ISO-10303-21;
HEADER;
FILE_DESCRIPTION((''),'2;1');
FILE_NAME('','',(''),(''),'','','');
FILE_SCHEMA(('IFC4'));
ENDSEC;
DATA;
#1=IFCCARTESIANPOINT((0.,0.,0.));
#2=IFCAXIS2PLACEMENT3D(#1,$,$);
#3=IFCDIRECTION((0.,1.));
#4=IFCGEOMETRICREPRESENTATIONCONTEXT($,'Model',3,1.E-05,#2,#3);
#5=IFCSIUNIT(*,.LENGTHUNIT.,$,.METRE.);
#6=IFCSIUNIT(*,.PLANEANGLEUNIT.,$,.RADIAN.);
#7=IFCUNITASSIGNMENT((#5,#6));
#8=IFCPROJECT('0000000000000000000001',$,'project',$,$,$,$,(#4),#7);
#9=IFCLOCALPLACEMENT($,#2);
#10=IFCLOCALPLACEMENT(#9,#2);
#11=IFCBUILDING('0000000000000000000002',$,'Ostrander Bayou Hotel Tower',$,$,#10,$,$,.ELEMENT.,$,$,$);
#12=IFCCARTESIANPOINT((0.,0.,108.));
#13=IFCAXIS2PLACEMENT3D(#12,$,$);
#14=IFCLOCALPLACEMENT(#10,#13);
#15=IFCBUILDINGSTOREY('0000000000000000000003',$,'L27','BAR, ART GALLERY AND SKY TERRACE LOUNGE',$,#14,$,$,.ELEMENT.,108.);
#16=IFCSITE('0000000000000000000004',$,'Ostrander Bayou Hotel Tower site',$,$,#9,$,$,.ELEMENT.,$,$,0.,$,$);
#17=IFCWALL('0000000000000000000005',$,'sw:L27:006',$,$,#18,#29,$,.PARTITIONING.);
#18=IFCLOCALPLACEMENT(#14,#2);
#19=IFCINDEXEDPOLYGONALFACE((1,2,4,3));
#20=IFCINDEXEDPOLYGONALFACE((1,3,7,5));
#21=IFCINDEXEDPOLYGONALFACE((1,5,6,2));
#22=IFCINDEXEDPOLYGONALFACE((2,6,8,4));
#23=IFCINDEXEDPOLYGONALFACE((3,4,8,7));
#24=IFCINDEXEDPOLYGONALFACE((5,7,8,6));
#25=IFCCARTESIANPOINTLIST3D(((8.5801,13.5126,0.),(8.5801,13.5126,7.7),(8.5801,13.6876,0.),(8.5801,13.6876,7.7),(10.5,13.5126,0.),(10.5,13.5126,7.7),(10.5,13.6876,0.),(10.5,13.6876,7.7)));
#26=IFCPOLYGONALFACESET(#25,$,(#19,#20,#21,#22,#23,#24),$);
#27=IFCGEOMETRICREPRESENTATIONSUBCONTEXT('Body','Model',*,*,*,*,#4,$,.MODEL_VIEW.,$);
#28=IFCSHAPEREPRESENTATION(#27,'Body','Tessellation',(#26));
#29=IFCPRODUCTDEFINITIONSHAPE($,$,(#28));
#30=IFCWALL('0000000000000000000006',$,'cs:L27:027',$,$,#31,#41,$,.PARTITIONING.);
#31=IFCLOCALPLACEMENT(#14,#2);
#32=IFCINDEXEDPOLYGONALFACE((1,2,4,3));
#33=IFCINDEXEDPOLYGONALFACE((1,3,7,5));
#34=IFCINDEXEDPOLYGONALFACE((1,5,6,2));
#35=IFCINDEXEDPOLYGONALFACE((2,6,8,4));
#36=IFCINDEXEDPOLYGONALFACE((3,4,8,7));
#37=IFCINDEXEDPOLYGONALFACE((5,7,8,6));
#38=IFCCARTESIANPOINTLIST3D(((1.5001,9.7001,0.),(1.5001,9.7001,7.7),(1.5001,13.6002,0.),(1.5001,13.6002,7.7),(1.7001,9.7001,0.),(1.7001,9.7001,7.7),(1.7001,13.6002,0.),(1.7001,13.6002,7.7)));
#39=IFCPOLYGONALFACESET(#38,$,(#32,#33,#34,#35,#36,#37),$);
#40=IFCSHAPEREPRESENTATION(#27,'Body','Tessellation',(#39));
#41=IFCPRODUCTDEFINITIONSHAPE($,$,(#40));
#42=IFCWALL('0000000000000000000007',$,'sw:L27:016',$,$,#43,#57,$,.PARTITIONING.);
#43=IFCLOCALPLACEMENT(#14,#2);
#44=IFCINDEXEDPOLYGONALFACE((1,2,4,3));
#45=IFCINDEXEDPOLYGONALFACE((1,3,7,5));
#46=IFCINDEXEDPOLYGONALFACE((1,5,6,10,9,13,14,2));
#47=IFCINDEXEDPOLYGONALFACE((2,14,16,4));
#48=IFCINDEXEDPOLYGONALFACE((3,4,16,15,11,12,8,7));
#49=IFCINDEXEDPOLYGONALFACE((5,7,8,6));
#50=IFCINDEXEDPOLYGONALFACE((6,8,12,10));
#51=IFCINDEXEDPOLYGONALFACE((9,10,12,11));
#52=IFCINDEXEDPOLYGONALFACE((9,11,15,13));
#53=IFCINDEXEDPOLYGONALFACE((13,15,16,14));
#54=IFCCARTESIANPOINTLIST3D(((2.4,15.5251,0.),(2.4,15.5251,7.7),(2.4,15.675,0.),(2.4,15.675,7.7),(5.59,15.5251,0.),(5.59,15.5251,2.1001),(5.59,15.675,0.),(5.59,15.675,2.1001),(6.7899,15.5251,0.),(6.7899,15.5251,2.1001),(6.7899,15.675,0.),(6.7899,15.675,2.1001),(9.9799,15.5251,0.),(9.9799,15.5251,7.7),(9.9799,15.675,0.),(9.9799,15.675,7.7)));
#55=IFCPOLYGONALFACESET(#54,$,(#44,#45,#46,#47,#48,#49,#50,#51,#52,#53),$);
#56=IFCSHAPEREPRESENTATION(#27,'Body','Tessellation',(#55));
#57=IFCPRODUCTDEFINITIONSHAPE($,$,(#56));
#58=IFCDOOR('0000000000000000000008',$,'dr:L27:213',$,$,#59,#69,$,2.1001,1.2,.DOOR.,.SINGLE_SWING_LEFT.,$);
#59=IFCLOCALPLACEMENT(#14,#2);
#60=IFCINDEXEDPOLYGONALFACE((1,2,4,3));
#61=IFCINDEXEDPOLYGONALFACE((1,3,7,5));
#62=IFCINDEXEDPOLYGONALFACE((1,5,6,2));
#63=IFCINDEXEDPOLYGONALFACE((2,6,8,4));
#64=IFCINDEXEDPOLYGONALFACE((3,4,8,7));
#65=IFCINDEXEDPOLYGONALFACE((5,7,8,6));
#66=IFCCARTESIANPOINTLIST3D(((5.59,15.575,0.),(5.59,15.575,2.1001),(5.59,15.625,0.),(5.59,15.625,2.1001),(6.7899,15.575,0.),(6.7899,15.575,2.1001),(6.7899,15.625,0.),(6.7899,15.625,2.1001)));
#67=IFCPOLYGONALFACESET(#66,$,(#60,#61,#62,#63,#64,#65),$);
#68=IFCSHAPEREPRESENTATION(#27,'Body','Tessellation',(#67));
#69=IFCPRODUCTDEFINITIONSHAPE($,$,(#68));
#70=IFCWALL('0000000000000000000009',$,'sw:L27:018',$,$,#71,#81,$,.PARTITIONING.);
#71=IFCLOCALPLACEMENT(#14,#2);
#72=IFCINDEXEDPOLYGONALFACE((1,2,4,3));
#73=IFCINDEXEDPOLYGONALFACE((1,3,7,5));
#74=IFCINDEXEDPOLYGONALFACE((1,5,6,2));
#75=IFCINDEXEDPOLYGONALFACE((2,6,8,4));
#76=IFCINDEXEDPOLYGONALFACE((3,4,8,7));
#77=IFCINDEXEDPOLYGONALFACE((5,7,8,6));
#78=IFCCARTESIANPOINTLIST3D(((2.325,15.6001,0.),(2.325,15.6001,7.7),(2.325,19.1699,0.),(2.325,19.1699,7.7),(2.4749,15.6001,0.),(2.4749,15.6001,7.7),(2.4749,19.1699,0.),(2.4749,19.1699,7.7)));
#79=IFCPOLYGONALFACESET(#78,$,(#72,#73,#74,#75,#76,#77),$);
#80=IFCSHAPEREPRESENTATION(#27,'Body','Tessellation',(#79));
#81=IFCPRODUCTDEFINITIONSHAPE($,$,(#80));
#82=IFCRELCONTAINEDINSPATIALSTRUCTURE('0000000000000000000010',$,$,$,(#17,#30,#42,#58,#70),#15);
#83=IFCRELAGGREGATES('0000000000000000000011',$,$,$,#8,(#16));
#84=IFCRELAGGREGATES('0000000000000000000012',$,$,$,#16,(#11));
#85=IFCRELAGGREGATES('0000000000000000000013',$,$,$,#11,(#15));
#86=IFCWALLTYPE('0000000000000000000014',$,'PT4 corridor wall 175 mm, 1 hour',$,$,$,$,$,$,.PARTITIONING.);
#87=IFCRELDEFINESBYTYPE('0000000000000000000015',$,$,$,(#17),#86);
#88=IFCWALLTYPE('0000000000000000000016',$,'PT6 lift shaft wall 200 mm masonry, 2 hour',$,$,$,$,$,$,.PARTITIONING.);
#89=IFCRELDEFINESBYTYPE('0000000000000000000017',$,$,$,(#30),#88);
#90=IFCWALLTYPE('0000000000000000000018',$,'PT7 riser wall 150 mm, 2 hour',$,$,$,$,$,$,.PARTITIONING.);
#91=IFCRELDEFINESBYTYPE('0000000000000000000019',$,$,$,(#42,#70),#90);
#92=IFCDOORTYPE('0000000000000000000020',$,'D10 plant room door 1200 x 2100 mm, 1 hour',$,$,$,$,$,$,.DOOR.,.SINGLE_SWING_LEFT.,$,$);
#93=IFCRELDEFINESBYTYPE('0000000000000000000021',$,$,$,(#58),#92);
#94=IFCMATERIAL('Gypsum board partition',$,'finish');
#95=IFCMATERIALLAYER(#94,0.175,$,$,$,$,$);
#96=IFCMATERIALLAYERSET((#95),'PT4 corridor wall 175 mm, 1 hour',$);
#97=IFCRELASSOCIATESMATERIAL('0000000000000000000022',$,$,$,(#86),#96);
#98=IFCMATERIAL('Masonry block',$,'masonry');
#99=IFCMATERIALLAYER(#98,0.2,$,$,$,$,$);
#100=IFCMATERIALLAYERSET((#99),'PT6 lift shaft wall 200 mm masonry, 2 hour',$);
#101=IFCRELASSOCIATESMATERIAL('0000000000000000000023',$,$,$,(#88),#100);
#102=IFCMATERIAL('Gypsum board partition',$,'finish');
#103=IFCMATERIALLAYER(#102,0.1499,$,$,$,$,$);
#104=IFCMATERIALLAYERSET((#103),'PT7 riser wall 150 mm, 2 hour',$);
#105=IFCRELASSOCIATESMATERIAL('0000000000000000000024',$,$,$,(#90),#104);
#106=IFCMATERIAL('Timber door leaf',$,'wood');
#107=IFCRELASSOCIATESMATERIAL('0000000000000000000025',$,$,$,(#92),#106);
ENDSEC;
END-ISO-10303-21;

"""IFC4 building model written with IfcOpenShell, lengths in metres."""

from ifc_helpers import new_model, si_unit, direction, frame, frame_2d, origin, place, context, subcontext, project, spatial, rectangle, extrude, material, layer, layer_set, type_object, element, fill, save


model = new_model("IFC4")

# Units and contexts
model_context = context("Model", 3, precision=1e-05, world=origin(), true_north=direction((0.0, 1.0)))
body_context = subcontext(model_context, "Body", "Model", "MODEL_VIEW")
ifc_project = project(units=[si_unit("LENGTHUNIT", "METRE"), si_unit("PLANEANGLEUNIT", "RADIAN")], contexts=[model_context])

# Site, building, storey
site_placement = place(None, origin())
site = spatial("IfcSite", under=ifc_project, at=site_placement, Name="Ostrander Bayou Hotel Tower site", CompositionType="ELEMENT", RefElevation=0.0)
building_placement = place(site_placement, origin())
building = spatial("IfcBuilding", under=site, at=building_placement, Name="Ostrander Bayou Hotel Tower", CompositionType="ELEMENT")
storey_placement = place(building_placement, frame((0.0, 0.0, 108.0)))
storey = spatial("IfcBuildingStorey", under=building, at=storey_placement, Name="L27", Description="BAR, ART GALLERY AND SKY TERRACE LOUNGE", CompositionType="ELEMENT", Elevation=108.0)

# Wall
ifc_material_1 = material(Name="Gypsum board partition", Category="finish")
ifc_layer_1 = layer(ifc_material_1, 0.175)
ifc_layer_set_1 = layer_set([ifc_layer_1], Name="PT4 corridor wall 175 mm, 1 hour")
wall_type_1 = type_object("IfcWallType", Name="PT4 corridor wall 175 mm, 1 hour", PredefinedType="PARTITIONING", material=ifc_layer_set_1)
wall_1_placement = place(storey_placement, frame((8.5801, 13.6001, 0.0), z_axis=(0.0, 0.0, 1.0), x_axis=(1.0, 0.0, 0.0)))
element("IfcWall", 1, at=wall_1_placement, inside=storey, type_object=wall_type_1, Name="sw:L27:006", PredefinedType="PARTITIONING", context=body_context, shape_type="SweptSolid", body=[
    extrude(rectangle(XDim=1.9199, YDim=0.175, at=frame_2d((0.96, 0.0))), origin(), (0.0, 0.0, 1.0), 7.7),
])

# Wall
ifc_material_2 = material(Name="Masonry block", Category="masonry")
ifc_layer_2 = layer(ifc_material_2, 0.2)
ifc_layer_set_2 = layer_set([ifc_layer_2], Name="PT6 lift shaft wall 200 mm masonry, 2 hour")
wall_type_2 = type_object("IfcWallType", Name="PT6 lift shaft wall 200 mm masonry, 2 hour", PredefinedType="PARTITIONING", material=ifc_layer_set_2)
wall_2_placement = place(storey_placement, frame((1.6001, 9.7, 0.0), z_axis=(0.0, 0.0, 1.0), x_axis=(0.0, 1.0, 0.0)))
element("IfcWall", 2, at=wall_2_placement, inside=storey, type_object=wall_type_2, Name="cs:L27:027", PredefinedType="PARTITIONING", context=body_context, shape_type="SweptSolid", body=[
    extrude(rectangle(XDim=3.9001, YDim=0.2, at=frame_2d((1.9502, 0.0))), origin(), (0.0, 0.0, 1.0), 7.7),
])

# Wall, opening, door
ifc_material_3 = material(Name="Gypsum board partition", Category="finish")
ifc_layer_3 = layer(ifc_material_3, 0.1499)
ifc_layer_set_3 = layer_set([ifc_layer_3], Name="PT7 riser wall 150 mm, 2 hour")
wall_type_3 = type_object("IfcWallType", Name="PT7 riser wall 150 mm, 2 hour", PredefinedType="PARTITIONING", material=ifc_layer_set_3)
wall_3_placement = place(storey_placement, frame((2.3999, 15.6001, 0.0), z_axis=(0.0, 0.0, 1.0), x_axis=(1.0, 0.0, 0.0)))
wall_3 = element("IfcWall", 3, at=wall_3_placement, inside=storey, type_object=wall_type_3, Name="sw:L27:016", PredefinedType="PARTITIONING", context=body_context, shape_type="SweptSolid", body=[
    extrude(rectangle(XDim=7.5798, YDim=0.1499, at=frame_2d((3.79, 0.0))), origin(), (0.0, 0.0, 1.0), 7.7),
])
opening_1_placement = place(wall_3_placement, frame((3.1899, 0.0, 0.0)))
opening_1 = element("IfcOpeningElement", 4, at=opening_1_placement, cuts=wall_3, PredefinedType="OPENING", context=body_context, shape_type="SweptSolid", body=[
    extrude(rectangle(XDim=1.2, YDim=2.1001, at=frame_2d((0.6001, 1.05))), frame((0.0, 0.075, 0.0), z_axis=(0.0, -1.0, 0.0), x_axis=(1.0, 0.0, 0.0)), (0.0, 0.0, 1.0), 0.1499),
])
ifc_material_4 = material(Name="Timber door leaf", Category="wood")
door_type_1 = type_object("IfcDoorType", Name="D10 plant room door 1200 x 2100 mm, 1 hour", OperationType="SINGLE_SWING_LEFT", PredefinedType="DOOR", material=ifc_material_4)
door_1_placement = place(opening_1_placement, origin())
door_1 = element("IfcDoor", 5, at=door_1_placement, inside=storey, type_object=door_type_1, Name="dr:L27:213", OperationType="SINGLE_SWING_LEFT", OverallHeight=2.1001, OverallWidth=1.2, PredefinedType="DOOR", context=body_context, shape_type="SweptSolid", body=[
    extrude(rectangle(XDim=1.2, YDim=2.1001, at=frame_2d((0.6001, 1.05))), frame((0.0, 0.0249, 0.0), z_axis=(0.0, -1.0, 0.0), x_axis=(1.0, 0.0, 0.0)), (0.0, 0.0, 1.0), 0.05),
])
fill(opening_1, door_1)

# Wall
wall_4_placement = place(storey_placement, frame((2.3999, 15.6001, 0.0), z_axis=(0.0, 0.0, 1.0), x_axis=(0.0, 1.0, 0.0)))
element("IfcWall", 6, at=wall_4_placement, inside=storey, type_object=wall_type_3, Name="sw:L27:018", PredefinedType="PARTITIONING", context=body_context, shape_type="SweptSolid", body=[
    extrude(rectangle(XDim=3.5698, YDim=0.1499, at=frame_2d((1.7849, 0.0))), origin(), (0.0, 0.0, 1.0), 7.7),
])

save(model, "model.ifc")
